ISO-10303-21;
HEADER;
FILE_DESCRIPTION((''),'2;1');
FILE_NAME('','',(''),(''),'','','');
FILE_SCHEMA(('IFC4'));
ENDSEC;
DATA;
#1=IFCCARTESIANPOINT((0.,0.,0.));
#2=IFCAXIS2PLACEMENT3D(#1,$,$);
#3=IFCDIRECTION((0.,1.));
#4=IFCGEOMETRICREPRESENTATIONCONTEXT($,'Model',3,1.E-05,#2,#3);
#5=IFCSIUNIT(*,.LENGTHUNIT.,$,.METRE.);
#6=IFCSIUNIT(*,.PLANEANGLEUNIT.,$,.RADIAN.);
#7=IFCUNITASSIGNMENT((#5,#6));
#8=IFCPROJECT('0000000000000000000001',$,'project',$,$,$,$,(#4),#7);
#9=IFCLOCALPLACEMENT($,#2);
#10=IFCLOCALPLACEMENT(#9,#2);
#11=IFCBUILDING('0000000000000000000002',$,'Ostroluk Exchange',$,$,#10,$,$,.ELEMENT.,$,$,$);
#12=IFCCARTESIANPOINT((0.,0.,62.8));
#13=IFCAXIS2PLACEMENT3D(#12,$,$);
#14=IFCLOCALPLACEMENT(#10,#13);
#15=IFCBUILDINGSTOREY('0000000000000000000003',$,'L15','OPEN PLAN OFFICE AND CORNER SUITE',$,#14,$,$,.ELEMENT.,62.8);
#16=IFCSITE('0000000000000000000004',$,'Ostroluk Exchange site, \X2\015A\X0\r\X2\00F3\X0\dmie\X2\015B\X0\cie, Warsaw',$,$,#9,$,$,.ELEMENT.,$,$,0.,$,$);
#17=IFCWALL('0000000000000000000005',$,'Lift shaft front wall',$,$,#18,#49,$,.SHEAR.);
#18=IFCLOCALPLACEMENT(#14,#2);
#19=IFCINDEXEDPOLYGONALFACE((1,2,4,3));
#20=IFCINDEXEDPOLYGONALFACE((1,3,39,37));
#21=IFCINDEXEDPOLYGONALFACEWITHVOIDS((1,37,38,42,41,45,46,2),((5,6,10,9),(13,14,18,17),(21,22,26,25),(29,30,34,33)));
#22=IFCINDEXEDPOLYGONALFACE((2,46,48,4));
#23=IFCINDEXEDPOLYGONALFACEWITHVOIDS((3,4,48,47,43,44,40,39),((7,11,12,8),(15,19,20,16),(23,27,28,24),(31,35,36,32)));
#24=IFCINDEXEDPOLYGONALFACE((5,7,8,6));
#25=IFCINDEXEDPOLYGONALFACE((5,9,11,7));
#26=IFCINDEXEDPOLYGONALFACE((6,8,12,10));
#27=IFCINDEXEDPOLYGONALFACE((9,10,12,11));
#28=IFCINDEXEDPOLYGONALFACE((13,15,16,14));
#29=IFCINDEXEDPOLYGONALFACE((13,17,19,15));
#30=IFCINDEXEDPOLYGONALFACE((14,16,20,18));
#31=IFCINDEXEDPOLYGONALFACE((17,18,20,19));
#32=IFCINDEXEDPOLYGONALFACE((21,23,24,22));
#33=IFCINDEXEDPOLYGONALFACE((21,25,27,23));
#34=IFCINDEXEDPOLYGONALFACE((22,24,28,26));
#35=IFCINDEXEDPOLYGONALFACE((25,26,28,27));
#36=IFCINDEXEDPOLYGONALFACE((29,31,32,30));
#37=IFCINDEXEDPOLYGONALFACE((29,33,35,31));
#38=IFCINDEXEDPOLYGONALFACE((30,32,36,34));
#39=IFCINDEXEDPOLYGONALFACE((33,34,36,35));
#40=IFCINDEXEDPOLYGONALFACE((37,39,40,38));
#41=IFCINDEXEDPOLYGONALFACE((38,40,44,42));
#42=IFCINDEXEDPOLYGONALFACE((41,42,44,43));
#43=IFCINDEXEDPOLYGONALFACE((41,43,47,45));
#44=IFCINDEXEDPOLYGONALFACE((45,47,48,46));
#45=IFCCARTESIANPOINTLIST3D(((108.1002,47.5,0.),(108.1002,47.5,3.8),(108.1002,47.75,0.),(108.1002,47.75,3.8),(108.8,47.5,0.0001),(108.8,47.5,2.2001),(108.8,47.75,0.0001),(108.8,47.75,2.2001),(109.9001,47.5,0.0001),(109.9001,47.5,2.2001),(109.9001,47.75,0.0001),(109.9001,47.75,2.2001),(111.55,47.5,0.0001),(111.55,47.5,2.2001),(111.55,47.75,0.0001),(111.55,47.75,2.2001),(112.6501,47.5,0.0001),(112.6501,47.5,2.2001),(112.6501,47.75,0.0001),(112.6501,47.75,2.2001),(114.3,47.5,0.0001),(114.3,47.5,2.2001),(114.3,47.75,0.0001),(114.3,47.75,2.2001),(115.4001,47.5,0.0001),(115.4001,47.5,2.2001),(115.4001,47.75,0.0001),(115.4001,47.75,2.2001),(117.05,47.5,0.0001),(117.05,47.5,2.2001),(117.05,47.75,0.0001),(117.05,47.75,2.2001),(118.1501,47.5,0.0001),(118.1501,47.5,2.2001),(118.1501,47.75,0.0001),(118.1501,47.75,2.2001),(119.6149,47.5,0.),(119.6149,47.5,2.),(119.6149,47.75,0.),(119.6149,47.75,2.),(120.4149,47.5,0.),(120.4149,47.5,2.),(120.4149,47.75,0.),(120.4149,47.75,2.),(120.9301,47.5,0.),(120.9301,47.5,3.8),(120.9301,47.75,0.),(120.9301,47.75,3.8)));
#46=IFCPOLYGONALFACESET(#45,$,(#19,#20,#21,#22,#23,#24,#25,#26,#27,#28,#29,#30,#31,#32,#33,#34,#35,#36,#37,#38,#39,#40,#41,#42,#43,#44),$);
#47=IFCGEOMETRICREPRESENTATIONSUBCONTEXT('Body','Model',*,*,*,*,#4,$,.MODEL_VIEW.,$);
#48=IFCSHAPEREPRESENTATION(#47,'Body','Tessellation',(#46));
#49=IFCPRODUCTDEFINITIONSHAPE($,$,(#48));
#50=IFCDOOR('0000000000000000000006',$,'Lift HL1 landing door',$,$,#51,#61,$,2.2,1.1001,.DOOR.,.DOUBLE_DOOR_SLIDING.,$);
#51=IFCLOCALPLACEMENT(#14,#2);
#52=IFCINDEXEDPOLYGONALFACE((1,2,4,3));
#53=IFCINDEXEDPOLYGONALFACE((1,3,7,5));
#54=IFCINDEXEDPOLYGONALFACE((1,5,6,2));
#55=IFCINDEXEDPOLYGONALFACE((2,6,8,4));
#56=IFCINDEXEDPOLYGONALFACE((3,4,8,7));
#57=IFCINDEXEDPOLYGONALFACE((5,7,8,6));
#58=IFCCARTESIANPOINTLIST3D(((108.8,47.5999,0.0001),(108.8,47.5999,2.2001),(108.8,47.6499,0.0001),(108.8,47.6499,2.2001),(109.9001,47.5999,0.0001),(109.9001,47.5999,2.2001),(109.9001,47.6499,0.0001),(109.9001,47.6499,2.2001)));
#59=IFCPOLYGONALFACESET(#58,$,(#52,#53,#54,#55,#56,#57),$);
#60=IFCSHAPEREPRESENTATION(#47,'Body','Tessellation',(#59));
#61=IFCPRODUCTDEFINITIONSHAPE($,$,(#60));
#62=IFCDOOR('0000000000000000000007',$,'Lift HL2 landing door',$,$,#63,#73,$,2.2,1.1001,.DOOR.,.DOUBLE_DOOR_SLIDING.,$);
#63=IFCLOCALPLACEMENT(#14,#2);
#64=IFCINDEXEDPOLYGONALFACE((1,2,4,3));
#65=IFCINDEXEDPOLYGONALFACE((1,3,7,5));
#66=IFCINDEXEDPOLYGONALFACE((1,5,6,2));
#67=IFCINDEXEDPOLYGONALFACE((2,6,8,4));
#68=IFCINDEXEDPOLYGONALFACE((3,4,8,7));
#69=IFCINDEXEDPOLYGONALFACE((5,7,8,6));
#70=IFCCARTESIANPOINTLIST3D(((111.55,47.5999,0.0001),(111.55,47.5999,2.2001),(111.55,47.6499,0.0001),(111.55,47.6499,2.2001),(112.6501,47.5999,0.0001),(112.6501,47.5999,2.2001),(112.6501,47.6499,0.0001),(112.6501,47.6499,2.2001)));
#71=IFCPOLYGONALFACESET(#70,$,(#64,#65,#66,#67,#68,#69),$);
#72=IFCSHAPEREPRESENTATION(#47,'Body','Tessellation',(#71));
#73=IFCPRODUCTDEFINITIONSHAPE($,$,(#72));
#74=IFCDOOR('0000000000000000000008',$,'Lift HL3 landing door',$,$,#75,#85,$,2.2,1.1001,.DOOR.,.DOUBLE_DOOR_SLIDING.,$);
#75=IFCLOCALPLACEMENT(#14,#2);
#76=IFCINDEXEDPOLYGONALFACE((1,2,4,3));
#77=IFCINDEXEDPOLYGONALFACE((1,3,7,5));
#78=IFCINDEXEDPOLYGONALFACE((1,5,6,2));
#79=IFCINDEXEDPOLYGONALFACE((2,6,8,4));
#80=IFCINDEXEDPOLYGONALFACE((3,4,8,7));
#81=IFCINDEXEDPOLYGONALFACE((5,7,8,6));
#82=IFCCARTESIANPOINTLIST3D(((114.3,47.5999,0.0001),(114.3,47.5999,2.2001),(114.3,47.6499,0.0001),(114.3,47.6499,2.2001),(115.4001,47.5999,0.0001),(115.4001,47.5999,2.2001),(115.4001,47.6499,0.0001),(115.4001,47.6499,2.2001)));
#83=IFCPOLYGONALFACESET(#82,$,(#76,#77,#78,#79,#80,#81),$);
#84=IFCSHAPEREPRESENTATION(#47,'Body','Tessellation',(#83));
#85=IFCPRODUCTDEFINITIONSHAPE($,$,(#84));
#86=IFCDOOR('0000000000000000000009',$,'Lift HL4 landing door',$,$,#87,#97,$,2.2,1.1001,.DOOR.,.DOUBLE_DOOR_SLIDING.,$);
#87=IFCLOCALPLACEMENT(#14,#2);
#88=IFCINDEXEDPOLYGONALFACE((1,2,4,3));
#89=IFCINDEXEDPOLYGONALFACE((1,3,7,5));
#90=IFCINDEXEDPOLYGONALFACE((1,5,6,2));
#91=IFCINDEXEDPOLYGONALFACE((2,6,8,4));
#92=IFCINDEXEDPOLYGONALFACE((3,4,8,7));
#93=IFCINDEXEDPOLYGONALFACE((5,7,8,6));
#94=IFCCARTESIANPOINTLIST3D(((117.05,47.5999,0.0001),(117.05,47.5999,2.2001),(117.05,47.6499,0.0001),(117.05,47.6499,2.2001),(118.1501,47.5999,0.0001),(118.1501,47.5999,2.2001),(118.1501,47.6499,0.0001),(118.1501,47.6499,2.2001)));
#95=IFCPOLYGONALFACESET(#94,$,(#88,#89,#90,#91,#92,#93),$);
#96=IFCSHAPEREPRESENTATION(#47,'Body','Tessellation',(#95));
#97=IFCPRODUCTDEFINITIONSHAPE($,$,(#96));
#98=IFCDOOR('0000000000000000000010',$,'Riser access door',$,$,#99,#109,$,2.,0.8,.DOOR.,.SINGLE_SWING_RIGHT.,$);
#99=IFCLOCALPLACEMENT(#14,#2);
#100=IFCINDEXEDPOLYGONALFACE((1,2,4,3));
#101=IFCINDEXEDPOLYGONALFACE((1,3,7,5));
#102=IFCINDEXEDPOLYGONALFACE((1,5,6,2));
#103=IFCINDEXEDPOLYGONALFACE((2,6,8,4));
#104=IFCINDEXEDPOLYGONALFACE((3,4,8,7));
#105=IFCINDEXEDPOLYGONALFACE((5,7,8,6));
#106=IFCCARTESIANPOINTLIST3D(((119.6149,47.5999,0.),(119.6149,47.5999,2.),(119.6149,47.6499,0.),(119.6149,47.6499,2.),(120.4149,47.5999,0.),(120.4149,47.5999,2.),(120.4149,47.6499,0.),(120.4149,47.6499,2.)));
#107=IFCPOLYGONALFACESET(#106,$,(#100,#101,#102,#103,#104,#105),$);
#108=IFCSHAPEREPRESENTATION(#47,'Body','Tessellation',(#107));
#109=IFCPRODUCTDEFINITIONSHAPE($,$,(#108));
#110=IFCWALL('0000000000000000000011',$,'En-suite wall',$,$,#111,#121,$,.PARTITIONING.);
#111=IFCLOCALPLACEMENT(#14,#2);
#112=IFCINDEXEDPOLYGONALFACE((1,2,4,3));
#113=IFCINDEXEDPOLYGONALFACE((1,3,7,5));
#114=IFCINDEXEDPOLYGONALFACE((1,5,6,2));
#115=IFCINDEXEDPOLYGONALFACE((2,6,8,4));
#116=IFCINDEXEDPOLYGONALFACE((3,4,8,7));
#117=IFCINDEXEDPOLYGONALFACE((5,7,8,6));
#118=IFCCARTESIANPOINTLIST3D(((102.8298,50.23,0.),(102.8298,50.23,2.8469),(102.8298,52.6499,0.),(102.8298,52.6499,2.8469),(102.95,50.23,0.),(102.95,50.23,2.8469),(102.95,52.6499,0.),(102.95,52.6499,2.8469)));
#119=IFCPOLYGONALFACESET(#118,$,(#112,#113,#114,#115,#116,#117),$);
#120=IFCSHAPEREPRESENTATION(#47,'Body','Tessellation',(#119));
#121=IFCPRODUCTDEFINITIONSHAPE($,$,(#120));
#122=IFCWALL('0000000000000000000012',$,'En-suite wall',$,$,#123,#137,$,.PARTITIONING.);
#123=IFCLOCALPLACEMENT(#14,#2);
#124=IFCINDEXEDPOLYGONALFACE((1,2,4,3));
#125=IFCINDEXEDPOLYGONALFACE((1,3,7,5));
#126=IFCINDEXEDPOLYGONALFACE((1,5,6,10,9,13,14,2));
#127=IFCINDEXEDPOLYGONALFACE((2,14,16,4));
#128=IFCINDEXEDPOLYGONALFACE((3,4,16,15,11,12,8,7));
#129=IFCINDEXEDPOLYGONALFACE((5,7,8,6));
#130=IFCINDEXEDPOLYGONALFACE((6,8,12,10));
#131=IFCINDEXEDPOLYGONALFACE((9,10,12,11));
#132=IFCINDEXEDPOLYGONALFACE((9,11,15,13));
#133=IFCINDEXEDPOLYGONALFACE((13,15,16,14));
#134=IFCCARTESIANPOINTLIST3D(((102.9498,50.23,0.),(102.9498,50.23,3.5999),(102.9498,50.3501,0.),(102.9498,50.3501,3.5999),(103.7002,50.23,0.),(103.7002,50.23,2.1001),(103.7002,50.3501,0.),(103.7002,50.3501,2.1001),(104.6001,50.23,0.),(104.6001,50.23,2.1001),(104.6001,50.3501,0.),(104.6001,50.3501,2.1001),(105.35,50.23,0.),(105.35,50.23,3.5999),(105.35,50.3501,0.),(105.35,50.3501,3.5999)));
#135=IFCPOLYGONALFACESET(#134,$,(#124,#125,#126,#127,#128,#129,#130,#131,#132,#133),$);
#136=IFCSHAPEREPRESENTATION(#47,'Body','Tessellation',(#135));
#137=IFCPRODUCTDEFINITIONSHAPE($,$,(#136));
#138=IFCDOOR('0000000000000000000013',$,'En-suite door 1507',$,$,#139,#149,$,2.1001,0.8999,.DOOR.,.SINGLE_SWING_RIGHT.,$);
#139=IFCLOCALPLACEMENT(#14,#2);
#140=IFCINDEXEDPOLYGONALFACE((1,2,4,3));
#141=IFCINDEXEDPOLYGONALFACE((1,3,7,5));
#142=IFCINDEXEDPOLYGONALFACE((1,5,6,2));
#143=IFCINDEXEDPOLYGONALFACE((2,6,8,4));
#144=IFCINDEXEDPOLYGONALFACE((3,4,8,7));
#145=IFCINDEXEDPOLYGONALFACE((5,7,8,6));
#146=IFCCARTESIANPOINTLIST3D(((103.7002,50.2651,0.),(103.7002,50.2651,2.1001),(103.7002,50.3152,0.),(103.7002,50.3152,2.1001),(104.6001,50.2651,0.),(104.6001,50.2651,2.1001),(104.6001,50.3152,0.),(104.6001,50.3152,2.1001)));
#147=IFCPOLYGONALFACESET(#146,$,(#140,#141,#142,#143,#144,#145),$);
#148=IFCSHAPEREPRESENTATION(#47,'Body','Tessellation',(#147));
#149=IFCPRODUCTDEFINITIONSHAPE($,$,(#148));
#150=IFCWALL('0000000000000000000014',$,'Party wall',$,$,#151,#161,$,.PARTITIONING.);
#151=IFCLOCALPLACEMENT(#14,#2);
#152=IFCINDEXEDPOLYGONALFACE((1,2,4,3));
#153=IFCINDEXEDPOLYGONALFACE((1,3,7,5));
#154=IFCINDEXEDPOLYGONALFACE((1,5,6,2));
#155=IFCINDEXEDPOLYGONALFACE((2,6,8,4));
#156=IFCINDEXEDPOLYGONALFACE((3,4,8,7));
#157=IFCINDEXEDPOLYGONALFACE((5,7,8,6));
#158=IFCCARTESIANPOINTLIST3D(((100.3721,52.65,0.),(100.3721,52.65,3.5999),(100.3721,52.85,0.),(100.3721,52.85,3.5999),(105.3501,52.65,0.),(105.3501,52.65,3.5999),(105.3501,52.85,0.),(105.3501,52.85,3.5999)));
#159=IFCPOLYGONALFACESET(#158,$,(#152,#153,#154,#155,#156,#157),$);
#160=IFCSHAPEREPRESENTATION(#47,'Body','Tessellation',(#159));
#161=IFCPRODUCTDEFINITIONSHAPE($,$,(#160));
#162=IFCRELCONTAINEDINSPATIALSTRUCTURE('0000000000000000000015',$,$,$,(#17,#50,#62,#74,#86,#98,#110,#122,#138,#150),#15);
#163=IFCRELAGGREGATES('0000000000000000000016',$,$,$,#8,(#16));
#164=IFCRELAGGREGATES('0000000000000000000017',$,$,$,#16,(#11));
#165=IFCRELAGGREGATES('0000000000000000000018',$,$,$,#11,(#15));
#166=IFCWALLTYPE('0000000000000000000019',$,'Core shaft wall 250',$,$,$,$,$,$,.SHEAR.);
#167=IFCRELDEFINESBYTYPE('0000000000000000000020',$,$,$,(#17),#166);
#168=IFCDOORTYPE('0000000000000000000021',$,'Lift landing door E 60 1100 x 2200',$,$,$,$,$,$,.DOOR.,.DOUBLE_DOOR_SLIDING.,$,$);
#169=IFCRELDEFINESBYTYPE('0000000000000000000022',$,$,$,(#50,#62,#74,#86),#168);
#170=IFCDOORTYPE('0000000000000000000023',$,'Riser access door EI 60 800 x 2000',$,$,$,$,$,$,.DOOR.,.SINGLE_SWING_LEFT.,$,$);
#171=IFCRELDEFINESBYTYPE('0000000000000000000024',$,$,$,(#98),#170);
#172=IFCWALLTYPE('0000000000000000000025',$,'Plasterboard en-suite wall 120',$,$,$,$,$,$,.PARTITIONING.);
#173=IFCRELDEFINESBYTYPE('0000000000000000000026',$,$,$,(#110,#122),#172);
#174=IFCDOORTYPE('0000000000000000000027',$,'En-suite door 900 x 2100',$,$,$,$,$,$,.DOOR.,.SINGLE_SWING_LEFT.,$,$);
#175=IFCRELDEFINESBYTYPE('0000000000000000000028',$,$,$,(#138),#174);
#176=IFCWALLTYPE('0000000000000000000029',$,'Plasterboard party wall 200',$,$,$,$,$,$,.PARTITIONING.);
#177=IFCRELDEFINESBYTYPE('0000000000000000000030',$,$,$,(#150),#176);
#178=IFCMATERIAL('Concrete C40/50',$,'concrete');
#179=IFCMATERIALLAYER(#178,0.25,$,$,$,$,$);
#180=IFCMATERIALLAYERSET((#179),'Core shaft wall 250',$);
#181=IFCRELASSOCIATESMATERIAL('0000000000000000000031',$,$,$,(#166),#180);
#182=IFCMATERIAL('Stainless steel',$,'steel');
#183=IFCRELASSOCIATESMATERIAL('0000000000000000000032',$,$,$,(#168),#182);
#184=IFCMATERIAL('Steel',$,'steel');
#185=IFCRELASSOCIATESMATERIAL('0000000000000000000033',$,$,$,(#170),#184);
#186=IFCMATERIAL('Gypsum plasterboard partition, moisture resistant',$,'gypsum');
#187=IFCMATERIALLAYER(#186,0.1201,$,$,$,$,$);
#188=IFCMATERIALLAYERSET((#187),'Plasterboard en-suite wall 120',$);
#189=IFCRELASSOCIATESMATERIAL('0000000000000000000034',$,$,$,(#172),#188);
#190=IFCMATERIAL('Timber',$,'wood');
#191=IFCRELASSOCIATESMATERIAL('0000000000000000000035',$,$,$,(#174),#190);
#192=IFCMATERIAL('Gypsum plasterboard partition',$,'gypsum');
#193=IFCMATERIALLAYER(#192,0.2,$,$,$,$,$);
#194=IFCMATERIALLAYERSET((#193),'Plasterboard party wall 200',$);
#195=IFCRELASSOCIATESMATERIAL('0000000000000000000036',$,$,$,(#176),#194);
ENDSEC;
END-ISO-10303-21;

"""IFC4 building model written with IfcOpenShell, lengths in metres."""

from ifc_helpers import new_model, si_unit, direction, frame, frame_2d, origin, place, context, subcontext, project, spatial, rectangle, extrude, material, layer, layer_set, type_object, element, fill, save


model = new_model("IFC4")

# Units and contexts
model_context = context("Model", 3, precision=1e-05, world=origin(), true_north=direction((0.0, 1.0)))
body_context = subcontext(model_context, "Body", "Model", "MODEL_VIEW")
ifc_project = project(units=[si_unit("LENGTHUNIT", "METRE"), si_unit("PLANEANGLEUNIT", "RADIAN")], contexts=[model_context])

# Site, building, storey
site_placement = place(None, origin())
site = spatial("IfcSite", under=ifc_project, at=site_placement, Name="Ostroluk Exchange site, Śródmieście, Warsaw", CompositionType="ELEMENT", RefElevation=0.0)
building_placement = place(site_placement, origin())
building = spatial("IfcBuilding", under=site, at=building_placement, Name="Ostroluk Exchange", CompositionType="ELEMENT")
storey_placement = place(building_placement, frame((0.0, 0.0, 62.8)))
storey = spatial("IfcBuildingStorey", under=building, at=storey_placement, Name="L15", Description="OPEN PLAN OFFICE AND CORNER SUITE", CompositionType="ELEMENT", Elevation=62.8)

# Shared definitions
ifc_material_1 = material(Name="Concrete C40/50", Category="concrete")
ifc_layer_1 = layer(ifc_material_1, 0.25)
ifc_layer_set_1 = layer_set([ifc_layer_1], Name="Core shaft wall 250")
wall_type_1 = type_object("IfcWallType", Name="Core shaft wall 250", PredefinedType="SHEAR", material=ifc_layer_set_1)

# Wall, openings, doors
wall_1_placement = place(storey_placement, frame((108.1001, 47.625, 0.0), z_axis=(0.0, 0.0, 1.0), x_axis=(1.0, 0.0, 0.0)))
wall_1 = element("IfcWall", 1, at=wall_1_placement, inside=storey, type_object=wall_type_1, Name="Lift shaft front wall", PredefinedType="SHEAR", context=body_context, shape_type="SweptSolid", body=[
    extrude(rectangle(XDim=12.8298, YDim=0.25, at=frame_2d((6.415, 0.0))), origin(), (0.0, 0.0, 1.0), 3.8),
])
opening_1_placement = place(wall_1_placement, frame((0.7, 0.0, 0.0)))
opening_1 = element("IfcOpeningElement", 2, at=opening_1_placement, cuts=wall_1, PredefinedType="OPENING", context=body_context, shape_type="SweptSolid", body=[
    extrude(rectangle(XDim=1.1001, YDim=2.2, at=frame_2d((0.55, 1.1001))), frame((0.0, 0.135, 0.0), z_axis=(0.0, -1.0, 0.0), x_axis=(1.0, 0.0, 0.0)), (0.0, 0.0, 1.0), 0.27),
])
opening_2_placement = place(wall_1_placement, frame((3.45, 0.0, 0.0)))
opening_2 = element("IfcOpeningElement", 3, at=opening_2_placement, cuts=wall_1, PredefinedType="OPENING", context=body_context, shape_type="SweptSolid", body=[
    extrude(rectangle(XDim=1.1001, YDim=2.2, at=frame_2d((0.55, 1.1001))), frame((0.0, 0.135, 0.0), z_axis=(0.0, -1.0, 0.0), x_axis=(1.0, 0.0, 0.0)), (0.0, 0.0, 1.0), 0.27),
])
opening_3_placement = place(wall_1_placement, frame((6.2, 0.0, 0.0)))
opening_3 = element("IfcOpeningElement", 4, at=opening_3_placement, cuts=wall_1, PredefinedType="OPENING", context=body_context, shape_type="SweptSolid", body=[
    extrude(rectangle(XDim=1.1001, YDim=2.2, at=frame_2d((0.55, 1.1001))), frame((0.0, 0.135, 0.0), z_axis=(0.0, -1.0, 0.0), x_axis=(1.0, 0.0, 0.0)), (0.0, 0.0, 1.0), 0.27),
])
opening_4_placement = place(wall_1_placement, frame((8.95, 0.0, 0.0)))
opening_4 = element("IfcOpeningElement", 5, at=opening_4_placement, cuts=wall_1, PredefinedType="OPENING", context=body_context, shape_type="SweptSolid", body=[
    extrude(rectangle(XDim=1.1001, YDim=2.2, at=frame_2d((0.55, 1.1001))), frame((0.0, 0.135, 0.0), z_axis=(0.0, -1.0, 0.0), x_axis=(1.0, 0.0, 0.0)), (0.0, 0.0, 1.0), 0.27),
])
opening_5_placement = place(wall_1_placement, frame((11.5149, 0.0, 0.0)))
opening_5 = element("IfcOpeningElement", 6, at=opening_5_placement, cuts=wall_1, PredefinedType="OPENING", context=body_context, shape_type="SweptSolid", body=[
    extrude(rectangle(XDim=0.8, YDim=2.0, at=frame_2d((0.3999, 1.0))), frame((0.0, 0.135, 0.0), z_axis=(0.0, -1.0, 0.0), x_axis=(1.0, 0.0, 0.0)), (0.0, 0.0, 1.0), 0.27),
])
ifc_material_2 = material(Name="Stainless steel", Category="steel")
door_type_1 = type_object("IfcDoorType", Name="Lift landing door E 60 1100 x 2200", OperationType="DOUBLE_DOOR_SLIDING", PredefinedType="DOOR", material=ifc_material_2)
door_1_placement = place(opening_1_placement, origin())
door_1 = element("IfcDoor", 7, at=door_1_placement, inside=storey, type_object=door_type_1, Name="Lift HL1 landing door", OperationType="DOUBLE_DOOR_SLIDING", OverallHeight=2.2, OverallWidth=1.1001, PredefinedType="DOOR", context=body_context, shape_type="SweptSolid", body=[
    extrude(rectangle(XDim=1.1001, YDim=2.2, at=frame_2d((0.55, 1.1001))), frame((0.0, 0.0249, 0.0), z_axis=(0.0, -1.0, 0.0), x_axis=(1.0, 0.0, 0.0)), (0.0, 0.0, 1.0), 0.05),
])
fill(opening_1, door_1)
door_2_placement = place(opening_2_placement, origin())
door_2 = element("IfcDoor", 8, at=door_2_placement, inside=storey, type_object=door_type_1, Name="Lift HL2 landing door", OperationType="DOUBLE_DOOR_SLIDING", OverallHeight=2.2, OverallWidth=1.1001, PredefinedType="DOOR", context=body_context, shape_type="SweptSolid", body=[
    extrude(rectangle(XDim=1.1001, YDim=2.2, at=frame_2d((0.55, 1.1001))), frame((0.0, 0.0249, 0.0), z_axis=(0.0, -1.0, 0.0), x_axis=(1.0, 0.0, 0.0)), (0.0, 0.0, 1.0), 0.05),
])
fill(opening_2, door_2)
door_3_placement = place(opening_3_placement, origin())
door_3 = element("IfcDoor", 9, at=door_3_placement, inside=storey, type_object=door_type_1, Name="Lift HL3 landing door", OperationType="DOUBLE_DOOR_SLIDING", OverallHeight=2.2, OverallWidth=1.1001, PredefinedType="DOOR", context=body_context, shape_type="SweptSolid", body=[
    extrude(rectangle(XDim=1.1001, YDim=2.2, at=frame_2d((0.55, 1.1001))), frame((0.0, 0.0249, 0.0), z_axis=(0.0, -1.0, 0.0), x_axis=(1.0, 0.0, 0.0)), (0.0, 0.0, 1.0), 0.05),
])
fill(opening_3, door_3)
door_4_placement = place(opening_4_placement, origin())
door_4 = element("IfcDoor", 10, at=door_4_placement, inside=storey, type_object=door_type_1, Name="Lift HL4 landing door", OperationType="DOUBLE_DOOR_SLIDING", OverallHeight=2.2, OverallWidth=1.1001, PredefinedType="DOOR", context=body_context, shape_type="SweptSolid", body=[
    extrude(rectangle(XDim=1.1001, YDim=2.2, at=frame_2d((0.55, 1.1001))), frame((0.0, 0.0249, 0.0), z_axis=(0.0, -1.0, 0.0), x_axis=(1.0, 0.0, 0.0)), (0.0, 0.0, 1.0), 0.05),
])
fill(opening_4, door_4)
ifc_material_3 = material(Name="Steel", Category="steel")
door_type_2 = type_object("IfcDoorType", Name="Riser access door EI 60 800 x 2000", OperationType="SINGLE_SWING_LEFT", PredefinedType="DOOR", material=ifc_material_3)
door_5_placement = place(opening_5_placement, origin())
door_5 = element("IfcDoor", 11, at=door_5_placement, inside=storey, type_object=door_type_2, Name="Riser access door", OperationType="SINGLE_SWING_RIGHT", OverallHeight=2.0, OverallWidth=0.8, PredefinedType="DOOR", context=body_context, shape_type="SweptSolid", body=[
    extrude(rectangle(XDim=0.8, YDim=2.0, at=frame_2d((0.3999, 1.0))), frame((0.0, 0.0249, 0.0), z_axis=(0.0, -1.0, 0.0), x_axis=(1.0, 0.0, 0.0)), (0.0, 0.0, 1.0), 0.05),
])
fill(opening_5, door_5)

# Wall
ifc_material_4 = material(Name="Gypsum plasterboard partition, moisture resistant", Category="gypsum")
ifc_layer_2 = layer(ifc_material_4, 0.1201)
ifc_layer_set_2 = layer_set([ifc_layer_2], Name="Plasterboard en-suite wall 120")
wall_type_2 = type_object("IfcWallType", Name="Plasterboard en-suite wall 120", PredefinedType="PARTITIONING", material=ifc_layer_set_2)
wall_2_placement = place(storey_placement, frame((102.8899, 52.6499, 0.0), z_axis=(0.0, 0.0, 1.0), x_axis=(0.0, -1.0, 0.0)))
element("IfcWall", 12, at=wall_2_placement, inside=storey, type_object=wall_type_2, Name="En-suite wall", PredefinedType="PARTITIONING", context=body_context, shape_type="SweptSolid", body=[
    extrude(rectangle(XDim=2.4199, YDim=0.1201, at=frame_2d((1.21, 0.0))), origin(), (0.0, 0.0, 1.0), 2.8469),
])

# Wall, opening, door
wall_3_placement = place(storey_placement, frame((105.3501, 50.29, 0.0), z_axis=(0.0, 0.0, 1.0), x_axis=(-1.0, 0.0, 0.0)))
wall_3 = element("IfcWall", 13, at=wall_3_placement, inside=storey, type_object=wall_type_2, Name="En-suite wall", PredefinedType="PARTITIONING", context=body_context, shape_type="SweptSolid", body=[
    extrude(rectangle(XDim=2.4001, YDim=0.1201, at=frame_2d((1.2002, 0.0))), origin(), (0.0, 0.0, 1.0), 3.5999),
])
opening_6_placement = place(wall_3_placement, frame((0.75, 0.0, 0.0)))
opening_6 = element("IfcOpeningElement", 14, at=opening_6_placement, cuts=wall_3, PredefinedType="OPENING", context=body_context, shape_type="SweptSolid", body=[
    extrude(rectangle(XDim=0.8999, YDim=2.1001, at=frame_2d((0.45, 1.05))), frame((0.0, 0.0701, 0.0), z_axis=(0.0, -1.0, 0.0), x_axis=(1.0, 0.0, 0.0)), (0.0, 0.0, 1.0), 0.1401),
])
ifc_material_5 = material(Name="Timber", Category="wood")
door_type_3 = type_object("IfcDoorType", Name="En-suite door 900 x 2100", OperationType="SINGLE_SWING_LEFT", PredefinedType="DOOR", material=ifc_material_5)
door_6_placement = place(opening_6_placement, origin())
door_6 = element("IfcDoor", 15, at=door_6_placement, inside=storey, type_object=door_type_3, Name="En-suite door 1507", OperationType="SINGLE_SWING_RIGHT", OverallHeight=2.1001, OverallWidth=0.8999, PredefinedType="DOOR", context=body_context, shape_type="SweptSolid", body=[
    extrude(rectangle(XDim=0.8999, YDim=2.1001, at=frame_2d((0.45, 1.05))), frame((0.0, 0.0249, 0.0), z_axis=(0.0, -1.0, 0.0), x_axis=(1.0, 0.0, 0.0)), (0.0, 0.0, 1.0), 0.05),
])
fill(opening_6, door_6)

# Wall
ifc_material_6 = material(Name="Gypsum plasterboard partition", Category="gypsum")
ifc_layer_3 = layer(ifc_material_6, 0.2)
ifc_layer_set_3 = layer_set([ifc_layer_3], Name="Plasterboard party wall 200")
wall_type_3 = type_object("IfcWallType", Name="Plasterboard party wall 200", PredefinedType="PARTITIONING", material=ifc_layer_set_3)
wall_4_placement = place(storey_placement, frame((105.3501, 52.75, 0.0), z_axis=(0.0, 0.0, 1.0), x_axis=(-1.0, 0.0, 0.0)))
element("IfcWall", 16, at=wall_4_placement, inside=storey, type_object=wall_type_3, Name="Party wall", PredefinedType="PARTITIONING", context=body_context, shape_type="SweptSolid", body=[
    extrude(rectangle(XDim=4.978, YDim=0.2, at=frame_2d((2.489, 0.0))), origin(), (0.0, 0.0, 1.0), 3.5999),
])

save(model, "model.ifc")
